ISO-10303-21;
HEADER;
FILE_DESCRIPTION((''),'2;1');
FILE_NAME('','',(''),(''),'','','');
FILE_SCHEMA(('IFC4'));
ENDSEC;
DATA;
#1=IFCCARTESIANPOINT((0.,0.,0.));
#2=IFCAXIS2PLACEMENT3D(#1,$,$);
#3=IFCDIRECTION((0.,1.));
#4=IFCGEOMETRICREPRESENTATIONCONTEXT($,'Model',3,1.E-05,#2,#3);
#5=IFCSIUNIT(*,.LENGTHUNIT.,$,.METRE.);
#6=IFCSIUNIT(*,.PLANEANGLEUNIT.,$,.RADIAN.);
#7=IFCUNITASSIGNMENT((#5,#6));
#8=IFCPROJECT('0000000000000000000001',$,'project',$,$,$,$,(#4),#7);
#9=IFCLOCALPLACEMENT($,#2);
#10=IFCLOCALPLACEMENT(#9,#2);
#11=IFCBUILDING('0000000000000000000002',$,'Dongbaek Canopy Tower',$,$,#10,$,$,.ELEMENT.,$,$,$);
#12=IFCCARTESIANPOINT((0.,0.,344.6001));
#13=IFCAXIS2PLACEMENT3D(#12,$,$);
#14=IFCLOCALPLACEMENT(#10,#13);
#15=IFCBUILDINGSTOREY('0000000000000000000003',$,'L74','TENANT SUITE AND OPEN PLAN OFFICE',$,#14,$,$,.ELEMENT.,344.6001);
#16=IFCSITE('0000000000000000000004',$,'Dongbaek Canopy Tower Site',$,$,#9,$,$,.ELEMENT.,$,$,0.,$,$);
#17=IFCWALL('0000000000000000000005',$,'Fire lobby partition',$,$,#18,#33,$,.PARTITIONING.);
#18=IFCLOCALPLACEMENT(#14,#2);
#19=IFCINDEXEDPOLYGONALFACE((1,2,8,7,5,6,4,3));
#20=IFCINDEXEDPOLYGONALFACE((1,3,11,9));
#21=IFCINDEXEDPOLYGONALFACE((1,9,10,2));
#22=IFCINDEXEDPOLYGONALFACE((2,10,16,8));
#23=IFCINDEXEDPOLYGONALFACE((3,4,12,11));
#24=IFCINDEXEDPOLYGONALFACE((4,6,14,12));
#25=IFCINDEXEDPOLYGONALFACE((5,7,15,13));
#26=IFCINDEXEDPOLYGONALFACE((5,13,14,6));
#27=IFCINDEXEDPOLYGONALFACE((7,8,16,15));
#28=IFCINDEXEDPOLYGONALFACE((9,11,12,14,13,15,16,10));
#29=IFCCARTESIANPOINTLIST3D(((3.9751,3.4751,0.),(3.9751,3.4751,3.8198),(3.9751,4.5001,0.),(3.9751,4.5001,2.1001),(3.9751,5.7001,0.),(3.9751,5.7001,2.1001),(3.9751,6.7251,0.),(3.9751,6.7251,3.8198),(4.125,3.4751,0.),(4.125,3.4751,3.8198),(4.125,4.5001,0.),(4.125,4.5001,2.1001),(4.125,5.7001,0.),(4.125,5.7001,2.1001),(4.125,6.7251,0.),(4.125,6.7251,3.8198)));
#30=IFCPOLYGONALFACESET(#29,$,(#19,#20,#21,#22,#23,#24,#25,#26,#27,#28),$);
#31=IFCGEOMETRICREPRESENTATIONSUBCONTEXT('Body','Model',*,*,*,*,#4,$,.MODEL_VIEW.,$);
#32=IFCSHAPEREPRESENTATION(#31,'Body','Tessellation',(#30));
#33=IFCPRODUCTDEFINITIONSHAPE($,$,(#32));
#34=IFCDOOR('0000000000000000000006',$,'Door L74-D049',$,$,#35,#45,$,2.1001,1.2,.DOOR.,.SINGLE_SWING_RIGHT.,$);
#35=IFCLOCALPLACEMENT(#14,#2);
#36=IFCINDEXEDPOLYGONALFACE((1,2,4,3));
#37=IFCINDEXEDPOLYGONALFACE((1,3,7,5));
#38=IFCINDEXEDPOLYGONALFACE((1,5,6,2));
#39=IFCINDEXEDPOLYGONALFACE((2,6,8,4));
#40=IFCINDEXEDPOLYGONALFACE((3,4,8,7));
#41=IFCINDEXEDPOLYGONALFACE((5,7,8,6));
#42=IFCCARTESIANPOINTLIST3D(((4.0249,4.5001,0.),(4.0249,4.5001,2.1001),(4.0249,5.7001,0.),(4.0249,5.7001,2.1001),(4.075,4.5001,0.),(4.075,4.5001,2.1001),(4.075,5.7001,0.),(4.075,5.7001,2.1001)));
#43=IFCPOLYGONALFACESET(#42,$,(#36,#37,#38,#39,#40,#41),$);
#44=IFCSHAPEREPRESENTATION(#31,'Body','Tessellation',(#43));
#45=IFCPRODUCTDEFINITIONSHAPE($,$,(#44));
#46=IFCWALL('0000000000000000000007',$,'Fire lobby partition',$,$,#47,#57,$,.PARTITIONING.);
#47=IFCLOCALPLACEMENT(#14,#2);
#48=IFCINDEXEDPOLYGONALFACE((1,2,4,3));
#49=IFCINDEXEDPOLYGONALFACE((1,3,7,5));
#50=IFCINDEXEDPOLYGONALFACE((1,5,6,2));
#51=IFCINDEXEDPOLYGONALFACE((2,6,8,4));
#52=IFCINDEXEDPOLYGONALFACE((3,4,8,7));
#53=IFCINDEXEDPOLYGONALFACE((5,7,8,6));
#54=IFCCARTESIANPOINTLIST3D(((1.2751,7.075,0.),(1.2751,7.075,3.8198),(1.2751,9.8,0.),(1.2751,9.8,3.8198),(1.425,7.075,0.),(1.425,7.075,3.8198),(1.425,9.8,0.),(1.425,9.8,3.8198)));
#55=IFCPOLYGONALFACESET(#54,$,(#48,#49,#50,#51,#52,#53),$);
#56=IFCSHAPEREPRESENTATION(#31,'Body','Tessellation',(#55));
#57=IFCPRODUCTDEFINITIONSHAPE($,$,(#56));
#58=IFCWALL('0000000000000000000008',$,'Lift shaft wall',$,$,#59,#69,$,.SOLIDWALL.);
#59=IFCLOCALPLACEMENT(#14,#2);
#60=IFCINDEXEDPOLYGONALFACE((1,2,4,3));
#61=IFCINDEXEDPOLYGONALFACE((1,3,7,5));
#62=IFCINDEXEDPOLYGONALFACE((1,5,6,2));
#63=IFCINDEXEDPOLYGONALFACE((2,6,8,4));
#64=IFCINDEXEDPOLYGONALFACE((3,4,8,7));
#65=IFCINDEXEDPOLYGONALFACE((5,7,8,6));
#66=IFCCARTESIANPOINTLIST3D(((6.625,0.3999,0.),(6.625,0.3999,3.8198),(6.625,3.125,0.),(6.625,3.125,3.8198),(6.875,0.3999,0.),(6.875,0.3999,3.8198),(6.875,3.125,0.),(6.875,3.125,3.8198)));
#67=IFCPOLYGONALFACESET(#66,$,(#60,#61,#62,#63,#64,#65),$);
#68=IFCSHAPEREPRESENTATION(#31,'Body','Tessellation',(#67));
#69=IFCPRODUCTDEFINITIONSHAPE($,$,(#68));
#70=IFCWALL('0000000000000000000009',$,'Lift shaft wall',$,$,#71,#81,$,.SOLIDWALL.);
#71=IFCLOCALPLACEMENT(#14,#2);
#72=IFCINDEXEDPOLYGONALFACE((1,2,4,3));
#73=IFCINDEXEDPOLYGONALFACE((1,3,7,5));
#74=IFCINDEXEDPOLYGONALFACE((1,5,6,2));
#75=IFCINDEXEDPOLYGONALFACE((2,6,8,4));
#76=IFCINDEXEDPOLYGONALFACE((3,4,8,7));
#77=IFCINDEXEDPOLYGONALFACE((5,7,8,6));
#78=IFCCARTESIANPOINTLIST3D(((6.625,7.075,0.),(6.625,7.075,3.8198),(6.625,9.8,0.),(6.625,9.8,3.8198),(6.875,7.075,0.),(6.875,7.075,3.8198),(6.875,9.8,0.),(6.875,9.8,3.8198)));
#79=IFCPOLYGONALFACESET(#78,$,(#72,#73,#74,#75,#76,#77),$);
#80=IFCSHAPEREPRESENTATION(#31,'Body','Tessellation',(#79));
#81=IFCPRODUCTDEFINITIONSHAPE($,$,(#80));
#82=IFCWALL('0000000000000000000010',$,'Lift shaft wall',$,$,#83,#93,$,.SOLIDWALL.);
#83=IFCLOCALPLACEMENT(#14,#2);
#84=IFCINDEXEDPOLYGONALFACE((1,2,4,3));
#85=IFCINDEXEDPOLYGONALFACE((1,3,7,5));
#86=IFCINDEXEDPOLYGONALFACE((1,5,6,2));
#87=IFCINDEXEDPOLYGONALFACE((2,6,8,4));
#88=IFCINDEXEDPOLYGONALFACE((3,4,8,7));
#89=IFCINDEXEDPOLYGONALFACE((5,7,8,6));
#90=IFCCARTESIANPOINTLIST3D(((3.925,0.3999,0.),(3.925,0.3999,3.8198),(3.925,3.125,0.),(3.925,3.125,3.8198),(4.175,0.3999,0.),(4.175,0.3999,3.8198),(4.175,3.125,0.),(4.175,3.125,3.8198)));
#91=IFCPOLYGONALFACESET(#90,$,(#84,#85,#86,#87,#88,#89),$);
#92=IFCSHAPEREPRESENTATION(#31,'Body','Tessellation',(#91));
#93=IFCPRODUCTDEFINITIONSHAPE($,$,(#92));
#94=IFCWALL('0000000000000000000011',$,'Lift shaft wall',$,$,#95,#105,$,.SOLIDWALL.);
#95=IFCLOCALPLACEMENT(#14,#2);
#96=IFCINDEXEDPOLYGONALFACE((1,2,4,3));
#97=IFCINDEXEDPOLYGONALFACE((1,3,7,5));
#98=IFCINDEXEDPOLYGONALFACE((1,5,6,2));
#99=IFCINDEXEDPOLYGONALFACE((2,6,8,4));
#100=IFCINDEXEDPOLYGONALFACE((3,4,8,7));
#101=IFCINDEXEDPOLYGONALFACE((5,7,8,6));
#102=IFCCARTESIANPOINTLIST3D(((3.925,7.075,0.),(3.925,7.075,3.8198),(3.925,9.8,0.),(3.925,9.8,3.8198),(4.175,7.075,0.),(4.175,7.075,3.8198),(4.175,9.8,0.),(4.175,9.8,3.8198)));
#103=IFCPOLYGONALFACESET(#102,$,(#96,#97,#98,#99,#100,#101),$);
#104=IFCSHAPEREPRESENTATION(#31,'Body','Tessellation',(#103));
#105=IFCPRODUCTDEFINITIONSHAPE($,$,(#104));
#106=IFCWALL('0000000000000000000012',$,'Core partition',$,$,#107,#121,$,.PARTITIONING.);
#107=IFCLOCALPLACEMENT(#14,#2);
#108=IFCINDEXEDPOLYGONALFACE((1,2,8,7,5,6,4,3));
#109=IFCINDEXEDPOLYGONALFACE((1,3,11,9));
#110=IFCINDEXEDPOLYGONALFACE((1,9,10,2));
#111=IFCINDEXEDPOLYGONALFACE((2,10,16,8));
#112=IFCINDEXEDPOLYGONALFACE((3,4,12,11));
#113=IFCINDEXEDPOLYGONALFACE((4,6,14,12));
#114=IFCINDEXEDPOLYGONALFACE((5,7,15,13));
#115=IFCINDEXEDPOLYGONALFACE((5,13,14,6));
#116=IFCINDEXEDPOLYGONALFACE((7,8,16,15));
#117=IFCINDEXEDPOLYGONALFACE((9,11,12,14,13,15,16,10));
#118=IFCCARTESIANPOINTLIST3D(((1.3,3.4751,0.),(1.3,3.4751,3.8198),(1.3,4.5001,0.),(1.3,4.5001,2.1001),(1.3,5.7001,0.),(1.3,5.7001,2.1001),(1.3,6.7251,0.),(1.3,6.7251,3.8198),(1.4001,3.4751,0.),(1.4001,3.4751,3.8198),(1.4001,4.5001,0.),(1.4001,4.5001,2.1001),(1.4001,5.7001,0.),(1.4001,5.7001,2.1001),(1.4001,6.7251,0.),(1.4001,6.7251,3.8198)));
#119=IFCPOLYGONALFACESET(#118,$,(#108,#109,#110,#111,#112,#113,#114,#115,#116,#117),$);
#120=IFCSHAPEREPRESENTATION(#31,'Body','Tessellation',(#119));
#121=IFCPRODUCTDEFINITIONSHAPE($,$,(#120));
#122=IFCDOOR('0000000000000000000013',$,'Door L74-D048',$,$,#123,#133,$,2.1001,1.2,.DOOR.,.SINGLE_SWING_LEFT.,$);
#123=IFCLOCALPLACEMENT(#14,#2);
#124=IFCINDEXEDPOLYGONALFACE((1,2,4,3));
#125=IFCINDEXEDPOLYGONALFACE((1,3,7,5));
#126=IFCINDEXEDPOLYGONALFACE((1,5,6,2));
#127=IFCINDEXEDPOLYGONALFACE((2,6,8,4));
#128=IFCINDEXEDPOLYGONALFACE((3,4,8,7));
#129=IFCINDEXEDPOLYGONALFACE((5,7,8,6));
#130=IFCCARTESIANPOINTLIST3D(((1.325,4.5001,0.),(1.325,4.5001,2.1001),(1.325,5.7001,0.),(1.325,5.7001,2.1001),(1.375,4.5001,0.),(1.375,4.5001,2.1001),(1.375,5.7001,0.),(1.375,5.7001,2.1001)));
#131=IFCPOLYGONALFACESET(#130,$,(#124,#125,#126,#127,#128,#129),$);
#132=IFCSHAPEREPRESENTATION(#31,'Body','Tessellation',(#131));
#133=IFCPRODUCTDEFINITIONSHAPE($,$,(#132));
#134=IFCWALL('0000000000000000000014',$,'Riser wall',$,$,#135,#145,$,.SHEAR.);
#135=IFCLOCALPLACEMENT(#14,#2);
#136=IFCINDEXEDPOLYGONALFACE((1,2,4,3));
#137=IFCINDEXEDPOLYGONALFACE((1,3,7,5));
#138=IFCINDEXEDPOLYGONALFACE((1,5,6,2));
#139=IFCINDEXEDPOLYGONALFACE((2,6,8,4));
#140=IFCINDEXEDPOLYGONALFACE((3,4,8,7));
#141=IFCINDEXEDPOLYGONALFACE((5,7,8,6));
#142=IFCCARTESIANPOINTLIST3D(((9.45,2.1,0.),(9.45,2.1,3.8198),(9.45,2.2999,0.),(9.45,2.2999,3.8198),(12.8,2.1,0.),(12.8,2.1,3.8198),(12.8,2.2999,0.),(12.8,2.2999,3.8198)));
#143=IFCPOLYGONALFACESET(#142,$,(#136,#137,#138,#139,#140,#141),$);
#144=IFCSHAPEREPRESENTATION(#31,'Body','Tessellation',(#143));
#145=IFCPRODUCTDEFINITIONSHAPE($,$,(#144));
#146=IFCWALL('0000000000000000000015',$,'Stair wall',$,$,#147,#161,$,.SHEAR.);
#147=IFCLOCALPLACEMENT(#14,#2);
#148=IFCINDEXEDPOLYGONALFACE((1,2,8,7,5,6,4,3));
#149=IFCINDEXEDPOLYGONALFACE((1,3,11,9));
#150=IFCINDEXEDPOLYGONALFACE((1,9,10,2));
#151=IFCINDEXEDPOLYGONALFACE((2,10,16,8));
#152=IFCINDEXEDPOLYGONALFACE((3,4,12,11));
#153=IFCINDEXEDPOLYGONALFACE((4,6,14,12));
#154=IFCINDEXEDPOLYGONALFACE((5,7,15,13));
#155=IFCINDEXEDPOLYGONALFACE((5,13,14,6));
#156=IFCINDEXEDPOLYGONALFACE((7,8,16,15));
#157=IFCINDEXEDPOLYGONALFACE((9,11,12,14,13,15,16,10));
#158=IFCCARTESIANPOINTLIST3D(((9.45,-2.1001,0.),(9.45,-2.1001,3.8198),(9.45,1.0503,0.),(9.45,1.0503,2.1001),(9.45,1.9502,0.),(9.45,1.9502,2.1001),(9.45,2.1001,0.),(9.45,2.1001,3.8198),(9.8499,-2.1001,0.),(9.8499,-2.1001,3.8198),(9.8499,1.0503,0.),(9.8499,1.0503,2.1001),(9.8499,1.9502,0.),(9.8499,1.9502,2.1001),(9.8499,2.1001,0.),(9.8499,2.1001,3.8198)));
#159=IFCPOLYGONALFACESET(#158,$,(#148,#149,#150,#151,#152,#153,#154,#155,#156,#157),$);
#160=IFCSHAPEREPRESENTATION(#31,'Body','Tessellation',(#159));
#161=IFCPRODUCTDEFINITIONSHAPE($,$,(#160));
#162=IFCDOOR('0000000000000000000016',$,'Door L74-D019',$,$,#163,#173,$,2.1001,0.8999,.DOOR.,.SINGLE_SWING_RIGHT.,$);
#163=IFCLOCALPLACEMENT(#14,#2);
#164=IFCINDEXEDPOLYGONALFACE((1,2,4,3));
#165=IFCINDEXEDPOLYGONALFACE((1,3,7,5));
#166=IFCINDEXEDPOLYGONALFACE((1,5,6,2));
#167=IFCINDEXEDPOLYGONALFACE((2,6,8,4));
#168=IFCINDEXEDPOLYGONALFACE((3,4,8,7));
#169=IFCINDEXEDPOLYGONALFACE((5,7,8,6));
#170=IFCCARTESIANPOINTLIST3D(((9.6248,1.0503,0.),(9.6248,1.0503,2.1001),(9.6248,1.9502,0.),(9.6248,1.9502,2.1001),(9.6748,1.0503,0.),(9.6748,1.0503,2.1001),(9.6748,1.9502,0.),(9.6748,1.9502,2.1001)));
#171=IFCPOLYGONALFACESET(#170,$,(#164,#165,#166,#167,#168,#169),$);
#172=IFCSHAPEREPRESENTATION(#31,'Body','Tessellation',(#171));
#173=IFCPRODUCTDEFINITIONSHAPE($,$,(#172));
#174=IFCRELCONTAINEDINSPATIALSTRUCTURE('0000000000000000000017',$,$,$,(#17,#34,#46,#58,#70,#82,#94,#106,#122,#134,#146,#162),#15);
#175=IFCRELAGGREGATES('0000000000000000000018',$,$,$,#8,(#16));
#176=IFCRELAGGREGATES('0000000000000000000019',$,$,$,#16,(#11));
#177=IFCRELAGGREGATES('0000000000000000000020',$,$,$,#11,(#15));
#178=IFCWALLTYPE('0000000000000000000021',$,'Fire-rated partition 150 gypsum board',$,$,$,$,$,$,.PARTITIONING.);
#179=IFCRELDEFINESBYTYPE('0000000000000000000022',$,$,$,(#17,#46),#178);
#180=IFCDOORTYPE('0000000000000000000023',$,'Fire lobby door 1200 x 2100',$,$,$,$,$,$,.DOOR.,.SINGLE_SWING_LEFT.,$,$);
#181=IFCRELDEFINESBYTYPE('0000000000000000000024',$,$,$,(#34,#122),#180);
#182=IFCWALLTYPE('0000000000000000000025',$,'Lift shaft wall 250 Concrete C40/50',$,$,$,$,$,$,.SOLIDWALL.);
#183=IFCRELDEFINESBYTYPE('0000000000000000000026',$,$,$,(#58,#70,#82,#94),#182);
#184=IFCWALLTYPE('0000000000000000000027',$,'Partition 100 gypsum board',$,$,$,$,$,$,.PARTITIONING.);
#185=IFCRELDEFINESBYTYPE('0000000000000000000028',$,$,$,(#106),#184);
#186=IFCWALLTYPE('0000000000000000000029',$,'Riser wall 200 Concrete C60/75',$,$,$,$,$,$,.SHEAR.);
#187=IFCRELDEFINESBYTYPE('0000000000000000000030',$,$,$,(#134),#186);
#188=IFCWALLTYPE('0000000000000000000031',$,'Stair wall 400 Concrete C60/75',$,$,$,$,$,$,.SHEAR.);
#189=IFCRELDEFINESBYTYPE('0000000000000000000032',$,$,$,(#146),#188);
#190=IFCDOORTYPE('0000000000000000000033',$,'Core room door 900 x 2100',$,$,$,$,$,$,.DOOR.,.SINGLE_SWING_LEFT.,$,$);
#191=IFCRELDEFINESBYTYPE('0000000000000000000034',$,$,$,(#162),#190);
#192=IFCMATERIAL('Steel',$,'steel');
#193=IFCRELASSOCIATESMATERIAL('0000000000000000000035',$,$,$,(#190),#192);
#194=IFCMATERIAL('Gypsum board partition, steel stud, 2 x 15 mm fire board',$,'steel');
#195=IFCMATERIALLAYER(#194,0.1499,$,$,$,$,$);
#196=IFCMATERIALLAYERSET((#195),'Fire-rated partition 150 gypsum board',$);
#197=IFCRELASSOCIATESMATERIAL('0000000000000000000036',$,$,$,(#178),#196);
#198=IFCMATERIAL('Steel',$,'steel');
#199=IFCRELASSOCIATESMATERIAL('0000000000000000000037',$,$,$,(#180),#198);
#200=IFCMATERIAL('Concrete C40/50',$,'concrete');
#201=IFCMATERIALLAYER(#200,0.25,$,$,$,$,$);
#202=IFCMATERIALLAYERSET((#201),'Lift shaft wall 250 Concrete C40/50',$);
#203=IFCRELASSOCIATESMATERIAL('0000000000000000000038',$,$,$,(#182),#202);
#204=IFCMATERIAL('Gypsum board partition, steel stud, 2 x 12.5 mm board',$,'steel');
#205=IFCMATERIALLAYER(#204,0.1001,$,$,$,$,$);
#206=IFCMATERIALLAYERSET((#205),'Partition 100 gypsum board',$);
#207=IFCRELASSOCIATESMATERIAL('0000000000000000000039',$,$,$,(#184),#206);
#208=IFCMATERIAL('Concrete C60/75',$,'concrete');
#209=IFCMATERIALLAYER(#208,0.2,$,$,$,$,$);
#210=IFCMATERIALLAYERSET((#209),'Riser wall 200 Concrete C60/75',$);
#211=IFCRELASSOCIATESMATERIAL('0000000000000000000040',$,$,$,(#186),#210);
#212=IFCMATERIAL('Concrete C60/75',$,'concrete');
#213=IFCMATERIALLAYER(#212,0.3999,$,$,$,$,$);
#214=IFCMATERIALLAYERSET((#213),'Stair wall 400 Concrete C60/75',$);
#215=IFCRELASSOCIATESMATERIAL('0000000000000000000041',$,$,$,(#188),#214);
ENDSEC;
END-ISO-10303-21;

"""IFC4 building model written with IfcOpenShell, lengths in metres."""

from ifc_helpers import new_model, si_unit, direction, frame, frame_2d, origin, place, context, subcontext, project, spatial, rectangle, extrude, material, layer, layer_set, type_object, element, fill, save


model = new_model("IFC4")

# Units and contexts
model_context = context("Model", 3, precision=1e-05, world=origin(), true_north=direction((0.0, 1.0)))
body_context = subcontext(model_context, "Body", "Model", "MODEL_VIEW")
ifc_project = project(units=[si_unit("LENGTHUNIT", "METRE"), si_unit("PLANEANGLEUNIT", "RADIAN")], contexts=[model_context])

# Site, building, storey
site_placement = place(None, origin())
site = spatial("IfcSite", under=ifc_project, at=site_placement, Name="Dongbaek Canopy Tower Site", CompositionType="ELEMENT", RefElevation=0.0)
building_placement = place(site_placement, origin())
building = spatial("IfcBuilding", under=site, at=building_placement, Name="Dongbaek Canopy Tower", CompositionType="ELEMENT")
storey_placement = place(building_placement, frame((0.0, 0.0, 344.6001)))
storey = spatial("IfcBuildingStorey", under=building, at=storey_placement, Name="L74", Description="TENANT SUITE AND OPEN PLAN OFFICE", CompositionType="ELEMENT", Elevation=344.6001)

# Shared definitions
ifc_material_1 = material(Name="Steel", Category="steel")
door_type_1 = type_object("IfcDoorType", Name="Core room door 900 x 2100", OperationType="SINGLE_SWING_LEFT", PredefinedType="DOOR", material=ifc_material_1)

# Shared definitions
ifc_material_2 = material(Name="Gypsum board partition, steel stud, 2 x 15 mm fire board", Category="steel")
ifc_layer_1 = layer(ifc_material_2, 0.1499)
ifc_layer_set_1 = layer_set([ifc_layer_1], Name="Fire-rated partition 150 gypsum board")
wall_type_1 = type_object("IfcWallType", Name="Fire-rated partition 150 gypsum board", PredefinedType="PARTITIONING", material=ifc_layer_set_1)

# Wall, opening, door
wall_1_placement = place(storey_placement, frame((4.05, 6.7251, 0.0), z_axis=(0.0, 0.0, 1.0), x_axis=(0.0, -1.0, 0.0)))
wall_1 = element("IfcWall", 1, at=wall_1_placement, inside=storey, type_object=wall_type_1, Name="Fire lobby partition", PredefinedType="PARTITIONING", context=body_context, shape_type="SweptSolid", body=[
    extrude(rectangle(XDim=3.25, YDim=0.1499, at=frame_2d((1.625, 0.0))), origin(), (0.0, 0.0, 1.0), 3.8198),
])
opening_1_placement = place(wall_1_placement, frame((1.0249, 0.0, 0.0)))
opening_1 = element("IfcOpeningElement", 2, at=opening_1_placement, cuts=wall_1, PredefinedType="OPENING", context=body_context, shape_type="SweptSolid", body=[
    extrude(rectangle(XDim=1.2, YDim=2.1001, at=frame_2d((0.6001, 1.05))), frame((0.0, 0.085, 0.0), z_axis=(0.0, -1.0, 0.0), x_axis=(1.0, 0.0, 0.0)), (0.0, 0.0, 1.0), 0.1699),
])
ifc_material_3 = material(Name="Steel", Category="steel")
door_type_2 = type_object("IfcDoorType", Name="Fire lobby door 1200 x 2100", OperationType="SINGLE_SWING_LEFT", PredefinedType="DOOR", material=ifc_material_3)
door_1_placement = place(opening_1_placement, origin())
door_1 = element("IfcDoor", 3, at=door_1_placement, inside=storey, type_object=door_type_2, Name="Door L74-D049", OperationType="SINGLE_SWING_RIGHT", OverallHeight=2.1001, OverallWidth=1.2, PredefinedType="DOOR", context=body_context, shape_type="SweptSolid", body=[
    extrude(rectangle(XDim=1.2, YDim=2.1001, at=frame_2d((0.6001, 1.05))), frame((0.0, 0.0249, 0.0), z_axis=(0.0, -1.0, 0.0), x_axis=(1.0, 0.0, 0.0)), (0.0, 0.0, 1.0), 0.05),
])
fill(opening_1, door_1)

# Walls
wall_2_placement = place(storey_placement, frame((1.3501, 7.075, 0.0), z_axis=(0.0, 0.0, 1.0), x_axis=(0.0, 1.0, 0.0)))
element("IfcWall", 4, at=wall_2_placement, inside=storey, type_object=wall_type_1, Name="Fire lobby partition", PredefinedType="PARTITIONING", context=body_context, shape_type="SweptSolid", body=[
    extrude(rectangle(XDim=2.7251, YDim=0.1499, at=frame_2d((1.3625, 0.0))), origin(), (0.0, 0.0, 1.0), 3.8198),
])
ifc_material_4 = material(Name="Concrete C40/50", Category="concrete")
ifc_layer_2 = layer(ifc_material_4, 0.25)
ifc_layer_set_2 = layer_set([ifc_layer_2], Name="Lift shaft wall 250 Concrete C40/50")
wall_type_2 = type_object("IfcWallType", Name="Lift shaft wall 250 Concrete C40/50", PredefinedType="SOLIDWALL", material=ifc_layer_set_2)
for number, where, z_axis, x_axis, name in (
    (5, (6.75, 0.3999, 0.0), (0.0, 0.0, 1.0), (0.0, 1.0, 0.0), "Lift shaft wall"),
    (6, (6.75, 7.075, 0.0), (0.0, 0.0, 1.0), (0.0, 1.0, 0.0), "Lift shaft wall"),
    (7, (4.05, 0.3999, 0.0), (0.0, 0.0, 1.0), (0.0, 1.0, 0.0), "Lift shaft wall"),
    (8, (4.05, 7.075, 0.0), (0.0, 0.0, 1.0), (0.0, 1.0, 0.0), "Lift shaft wall"),
):
    element("IfcWall", number, at=place(storey_placement, frame(where, z_axis=z_axis, x_axis=x_axis)), inside=storey, type_object=wall_type_2, Name=name, PredefinedType="SOLIDWALL", context=body_context, shape_type="SweptSolid", body=[
        extrude(rectangle(XDim=2.7251, YDim=0.25, at=frame_2d((1.3625, 0.0))), origin(), (0.0, 0.0, 1.0), 3.8198),
    ])

# Wall, opening, door
ifc_material_5 = material(Name="Gypsum board partition, steel stud, 2 x 12.5 mm board", Category="steel")
ifc_layer_3 = layer(ifc_material_5, 0.1001)
ifc_layer_set_3 = layer_set([ifc_layer_3], Name="Partition 100 gypsum board")
wall_type_3 = type_object("IfcWallType", Name="Partition 100 gypsum board", PredefinedType="PARTITIONING", material=ifc_layer_set_3)
wall_3_placement = place(storey_placement, frame((1.3501, 6.7251, 0.0), z_axis=(0.0, 0.0, 1.0), x_axis=(0.0, -1.0, 0.0)))
wall_3 = element("IfcWall", 9, at=wall_3_placement, inside=storey, type_object=wall_type_3, Name="Core partition", PredefinedType="PARTITIONING", context=body_context, shape_type="SweptSolid", body=[
    extrude(rectangle(XDim=3.25, YDim=0.1001, at=frame_2d((1.625, 0.0))), origin(), (0.0, 0.0, 1.0), 3.8198),
])
opening_2_placement = place(wall_3_placement, frame((1.0249, 0.0, 0.0)))
opening_2 = element("IfcOpeningElement", 10, at=opening_2_placement, cuts=wall_3, PredefinedType="OPENING", context=body_context, shape_type="SweptSolid", body=[
    extrude(rectangle(XDim=1.2, YDim=2.1001, at=frame_2d((0.6001, 1.05))), frame((0.0, 0.0601, 0.0), z_axis=(0.0, -1.0, 0.0), x_axis=(1.0, 0.0, 0.0)), (0.0, 0.0, 1.0), 0.1201),
])
door_2_placement = place(opening_2_placement, origin())
door_2 = element("IfcDoor", 11, at=door_2_placement, inside=storey, type_object=door_type_2, Name="Door L74-D048", OperationType="SINGLE_SWING_LEFT", OverallHeight=2.1001, OverallWidth=1.2, PredefinedType="DOOR", context=body_context, shape_type="SweptSolid", body=[
    extrude(rectangle(XDim=1.2, YDim=2.1001, at=frame_2d((0.6001, 1.05))), frame((0.0, 0.0249, 0.0), z_axis=(0.0, -1.0, 0.0), x_axis=(1.0, 0.0, 0.0)), (0.0, 0.0, 1.0), 0.05),
])
fill(opening_2, door_2)

# Wall
ifc_material_6 = material(Name="Concrete C60/75", Category="concrete")
ifc_layer_4 = layer(ifc_material_6, 0.2)
ifc_layer_set_4 = layer_set([ifc_layer_4], Name="Riser wall 200 Concrete C60/75")
wall_type_4 = type_object("IfcWallType", Name="Riser wall 200 Concrete C60/75", PredefinedType="SHEAR", material=ifc_layer_set_4)
wall_4_placement = place(storey_placement, frame((9.45, 2.2, 0.0), z_axis=(0.0, 0.0, 1.0), x_axis=(1.0, 0.0, 0.0)))
element("IfcWall", 12, at=wall_4_placement, inside=storey, type_object=wall_type_4, Name="Riser wall", PredefinedType="SHEAR", context=body_context, shape_type="SweptSolid", body=[
    extrude(rectangle(XDim=3.3501, YDim=0.2, at=frame_2d((1.675, 0.0))), origin(), (0.0, 0.0, 1.0), 3.8198),
])

# Wall, opening, door
ifc_material_7 = material(Name="Concrete C60/75", Category="concrete")
ifc_layer_5 = layer(ifc_material_7, 0.3999)
ifc_layer_set_5 = layer_set([ifc_layer_5], Name="Stair wall 400 Concrete C60/75")
wall_type_5 = type_object("IfcWallType", Name="Stair wall 400 Concrete C60/75", PredefinedType="SHEAR", material=ifc_layer_set_5)
wall_5_placement = place(storey_placement, frame((9.6499, 2.1001, 0.0), z_axis=(0.0, 0.0, 1.0), x_axis=(0.0, -1.0, 0.0)))
wall_5 = element("IfcWall", 13, at=wall_5_placement, inside=storey, type_object=wall_type_5, Name="Stair wall", PredefinedType="SHEAR", context=body_context, shape_type="SweptSolid", body=[
    extrude(rectangle(XDim=4.2002, YDim=0.3999, at=frame_2d((2.1001, 0.0))), origin(), (0.0, 0.0, 1.0), 3.8198),
])
opening_3_placement = place(wall_5_placement, frame((0.1499, 0.0, 0.0)))
opening_3 = element("IfcOpeningElement", 14, at=opening_3_placement, cuts=wall_5, PredefinedType="OPENING", context=body_context, shape_type="SweptSolid", body=[
    extrude(rectangle(XDim=0.8999, YDim=2.1001, at=frame_2d((0.45, 1.05))), frame((0.0, 0.21, 0.0), z_axis=(0.0, -1.0, 0.0), x_axis=(1.0, 0.0, 0.0)), (0.0, 0.0, 1.0), 0.4199),
])
door_3_placement = place(opening_3_placement, origin())
door_3 = element("IfcDoor", 15, at=door_3_placement, inside=storey, type_object=door_type_1, Name="Door L74-D019", OperationType="SINGLE_SWING_RIGHT", OverallHeight=2.1001, OverallWidth=0.8999, PredefinedType="DOOR", context=body_context, shape_type="SweptSolid", body=[
    extrude(rectangle(XDim=0.8999, YDim=2.1001, at=frame_2d((0.45, 1.05))), frame((0.0, 0.0249, 0.0), z_axis=(0.0, -1.0, 0.0), x_axis=(1.0, 0.0, 0.0)), (0.0, 0.0, 1.0), 0.05),
])
fill(opening_3, door_3)

save(model, "model.ifc")
